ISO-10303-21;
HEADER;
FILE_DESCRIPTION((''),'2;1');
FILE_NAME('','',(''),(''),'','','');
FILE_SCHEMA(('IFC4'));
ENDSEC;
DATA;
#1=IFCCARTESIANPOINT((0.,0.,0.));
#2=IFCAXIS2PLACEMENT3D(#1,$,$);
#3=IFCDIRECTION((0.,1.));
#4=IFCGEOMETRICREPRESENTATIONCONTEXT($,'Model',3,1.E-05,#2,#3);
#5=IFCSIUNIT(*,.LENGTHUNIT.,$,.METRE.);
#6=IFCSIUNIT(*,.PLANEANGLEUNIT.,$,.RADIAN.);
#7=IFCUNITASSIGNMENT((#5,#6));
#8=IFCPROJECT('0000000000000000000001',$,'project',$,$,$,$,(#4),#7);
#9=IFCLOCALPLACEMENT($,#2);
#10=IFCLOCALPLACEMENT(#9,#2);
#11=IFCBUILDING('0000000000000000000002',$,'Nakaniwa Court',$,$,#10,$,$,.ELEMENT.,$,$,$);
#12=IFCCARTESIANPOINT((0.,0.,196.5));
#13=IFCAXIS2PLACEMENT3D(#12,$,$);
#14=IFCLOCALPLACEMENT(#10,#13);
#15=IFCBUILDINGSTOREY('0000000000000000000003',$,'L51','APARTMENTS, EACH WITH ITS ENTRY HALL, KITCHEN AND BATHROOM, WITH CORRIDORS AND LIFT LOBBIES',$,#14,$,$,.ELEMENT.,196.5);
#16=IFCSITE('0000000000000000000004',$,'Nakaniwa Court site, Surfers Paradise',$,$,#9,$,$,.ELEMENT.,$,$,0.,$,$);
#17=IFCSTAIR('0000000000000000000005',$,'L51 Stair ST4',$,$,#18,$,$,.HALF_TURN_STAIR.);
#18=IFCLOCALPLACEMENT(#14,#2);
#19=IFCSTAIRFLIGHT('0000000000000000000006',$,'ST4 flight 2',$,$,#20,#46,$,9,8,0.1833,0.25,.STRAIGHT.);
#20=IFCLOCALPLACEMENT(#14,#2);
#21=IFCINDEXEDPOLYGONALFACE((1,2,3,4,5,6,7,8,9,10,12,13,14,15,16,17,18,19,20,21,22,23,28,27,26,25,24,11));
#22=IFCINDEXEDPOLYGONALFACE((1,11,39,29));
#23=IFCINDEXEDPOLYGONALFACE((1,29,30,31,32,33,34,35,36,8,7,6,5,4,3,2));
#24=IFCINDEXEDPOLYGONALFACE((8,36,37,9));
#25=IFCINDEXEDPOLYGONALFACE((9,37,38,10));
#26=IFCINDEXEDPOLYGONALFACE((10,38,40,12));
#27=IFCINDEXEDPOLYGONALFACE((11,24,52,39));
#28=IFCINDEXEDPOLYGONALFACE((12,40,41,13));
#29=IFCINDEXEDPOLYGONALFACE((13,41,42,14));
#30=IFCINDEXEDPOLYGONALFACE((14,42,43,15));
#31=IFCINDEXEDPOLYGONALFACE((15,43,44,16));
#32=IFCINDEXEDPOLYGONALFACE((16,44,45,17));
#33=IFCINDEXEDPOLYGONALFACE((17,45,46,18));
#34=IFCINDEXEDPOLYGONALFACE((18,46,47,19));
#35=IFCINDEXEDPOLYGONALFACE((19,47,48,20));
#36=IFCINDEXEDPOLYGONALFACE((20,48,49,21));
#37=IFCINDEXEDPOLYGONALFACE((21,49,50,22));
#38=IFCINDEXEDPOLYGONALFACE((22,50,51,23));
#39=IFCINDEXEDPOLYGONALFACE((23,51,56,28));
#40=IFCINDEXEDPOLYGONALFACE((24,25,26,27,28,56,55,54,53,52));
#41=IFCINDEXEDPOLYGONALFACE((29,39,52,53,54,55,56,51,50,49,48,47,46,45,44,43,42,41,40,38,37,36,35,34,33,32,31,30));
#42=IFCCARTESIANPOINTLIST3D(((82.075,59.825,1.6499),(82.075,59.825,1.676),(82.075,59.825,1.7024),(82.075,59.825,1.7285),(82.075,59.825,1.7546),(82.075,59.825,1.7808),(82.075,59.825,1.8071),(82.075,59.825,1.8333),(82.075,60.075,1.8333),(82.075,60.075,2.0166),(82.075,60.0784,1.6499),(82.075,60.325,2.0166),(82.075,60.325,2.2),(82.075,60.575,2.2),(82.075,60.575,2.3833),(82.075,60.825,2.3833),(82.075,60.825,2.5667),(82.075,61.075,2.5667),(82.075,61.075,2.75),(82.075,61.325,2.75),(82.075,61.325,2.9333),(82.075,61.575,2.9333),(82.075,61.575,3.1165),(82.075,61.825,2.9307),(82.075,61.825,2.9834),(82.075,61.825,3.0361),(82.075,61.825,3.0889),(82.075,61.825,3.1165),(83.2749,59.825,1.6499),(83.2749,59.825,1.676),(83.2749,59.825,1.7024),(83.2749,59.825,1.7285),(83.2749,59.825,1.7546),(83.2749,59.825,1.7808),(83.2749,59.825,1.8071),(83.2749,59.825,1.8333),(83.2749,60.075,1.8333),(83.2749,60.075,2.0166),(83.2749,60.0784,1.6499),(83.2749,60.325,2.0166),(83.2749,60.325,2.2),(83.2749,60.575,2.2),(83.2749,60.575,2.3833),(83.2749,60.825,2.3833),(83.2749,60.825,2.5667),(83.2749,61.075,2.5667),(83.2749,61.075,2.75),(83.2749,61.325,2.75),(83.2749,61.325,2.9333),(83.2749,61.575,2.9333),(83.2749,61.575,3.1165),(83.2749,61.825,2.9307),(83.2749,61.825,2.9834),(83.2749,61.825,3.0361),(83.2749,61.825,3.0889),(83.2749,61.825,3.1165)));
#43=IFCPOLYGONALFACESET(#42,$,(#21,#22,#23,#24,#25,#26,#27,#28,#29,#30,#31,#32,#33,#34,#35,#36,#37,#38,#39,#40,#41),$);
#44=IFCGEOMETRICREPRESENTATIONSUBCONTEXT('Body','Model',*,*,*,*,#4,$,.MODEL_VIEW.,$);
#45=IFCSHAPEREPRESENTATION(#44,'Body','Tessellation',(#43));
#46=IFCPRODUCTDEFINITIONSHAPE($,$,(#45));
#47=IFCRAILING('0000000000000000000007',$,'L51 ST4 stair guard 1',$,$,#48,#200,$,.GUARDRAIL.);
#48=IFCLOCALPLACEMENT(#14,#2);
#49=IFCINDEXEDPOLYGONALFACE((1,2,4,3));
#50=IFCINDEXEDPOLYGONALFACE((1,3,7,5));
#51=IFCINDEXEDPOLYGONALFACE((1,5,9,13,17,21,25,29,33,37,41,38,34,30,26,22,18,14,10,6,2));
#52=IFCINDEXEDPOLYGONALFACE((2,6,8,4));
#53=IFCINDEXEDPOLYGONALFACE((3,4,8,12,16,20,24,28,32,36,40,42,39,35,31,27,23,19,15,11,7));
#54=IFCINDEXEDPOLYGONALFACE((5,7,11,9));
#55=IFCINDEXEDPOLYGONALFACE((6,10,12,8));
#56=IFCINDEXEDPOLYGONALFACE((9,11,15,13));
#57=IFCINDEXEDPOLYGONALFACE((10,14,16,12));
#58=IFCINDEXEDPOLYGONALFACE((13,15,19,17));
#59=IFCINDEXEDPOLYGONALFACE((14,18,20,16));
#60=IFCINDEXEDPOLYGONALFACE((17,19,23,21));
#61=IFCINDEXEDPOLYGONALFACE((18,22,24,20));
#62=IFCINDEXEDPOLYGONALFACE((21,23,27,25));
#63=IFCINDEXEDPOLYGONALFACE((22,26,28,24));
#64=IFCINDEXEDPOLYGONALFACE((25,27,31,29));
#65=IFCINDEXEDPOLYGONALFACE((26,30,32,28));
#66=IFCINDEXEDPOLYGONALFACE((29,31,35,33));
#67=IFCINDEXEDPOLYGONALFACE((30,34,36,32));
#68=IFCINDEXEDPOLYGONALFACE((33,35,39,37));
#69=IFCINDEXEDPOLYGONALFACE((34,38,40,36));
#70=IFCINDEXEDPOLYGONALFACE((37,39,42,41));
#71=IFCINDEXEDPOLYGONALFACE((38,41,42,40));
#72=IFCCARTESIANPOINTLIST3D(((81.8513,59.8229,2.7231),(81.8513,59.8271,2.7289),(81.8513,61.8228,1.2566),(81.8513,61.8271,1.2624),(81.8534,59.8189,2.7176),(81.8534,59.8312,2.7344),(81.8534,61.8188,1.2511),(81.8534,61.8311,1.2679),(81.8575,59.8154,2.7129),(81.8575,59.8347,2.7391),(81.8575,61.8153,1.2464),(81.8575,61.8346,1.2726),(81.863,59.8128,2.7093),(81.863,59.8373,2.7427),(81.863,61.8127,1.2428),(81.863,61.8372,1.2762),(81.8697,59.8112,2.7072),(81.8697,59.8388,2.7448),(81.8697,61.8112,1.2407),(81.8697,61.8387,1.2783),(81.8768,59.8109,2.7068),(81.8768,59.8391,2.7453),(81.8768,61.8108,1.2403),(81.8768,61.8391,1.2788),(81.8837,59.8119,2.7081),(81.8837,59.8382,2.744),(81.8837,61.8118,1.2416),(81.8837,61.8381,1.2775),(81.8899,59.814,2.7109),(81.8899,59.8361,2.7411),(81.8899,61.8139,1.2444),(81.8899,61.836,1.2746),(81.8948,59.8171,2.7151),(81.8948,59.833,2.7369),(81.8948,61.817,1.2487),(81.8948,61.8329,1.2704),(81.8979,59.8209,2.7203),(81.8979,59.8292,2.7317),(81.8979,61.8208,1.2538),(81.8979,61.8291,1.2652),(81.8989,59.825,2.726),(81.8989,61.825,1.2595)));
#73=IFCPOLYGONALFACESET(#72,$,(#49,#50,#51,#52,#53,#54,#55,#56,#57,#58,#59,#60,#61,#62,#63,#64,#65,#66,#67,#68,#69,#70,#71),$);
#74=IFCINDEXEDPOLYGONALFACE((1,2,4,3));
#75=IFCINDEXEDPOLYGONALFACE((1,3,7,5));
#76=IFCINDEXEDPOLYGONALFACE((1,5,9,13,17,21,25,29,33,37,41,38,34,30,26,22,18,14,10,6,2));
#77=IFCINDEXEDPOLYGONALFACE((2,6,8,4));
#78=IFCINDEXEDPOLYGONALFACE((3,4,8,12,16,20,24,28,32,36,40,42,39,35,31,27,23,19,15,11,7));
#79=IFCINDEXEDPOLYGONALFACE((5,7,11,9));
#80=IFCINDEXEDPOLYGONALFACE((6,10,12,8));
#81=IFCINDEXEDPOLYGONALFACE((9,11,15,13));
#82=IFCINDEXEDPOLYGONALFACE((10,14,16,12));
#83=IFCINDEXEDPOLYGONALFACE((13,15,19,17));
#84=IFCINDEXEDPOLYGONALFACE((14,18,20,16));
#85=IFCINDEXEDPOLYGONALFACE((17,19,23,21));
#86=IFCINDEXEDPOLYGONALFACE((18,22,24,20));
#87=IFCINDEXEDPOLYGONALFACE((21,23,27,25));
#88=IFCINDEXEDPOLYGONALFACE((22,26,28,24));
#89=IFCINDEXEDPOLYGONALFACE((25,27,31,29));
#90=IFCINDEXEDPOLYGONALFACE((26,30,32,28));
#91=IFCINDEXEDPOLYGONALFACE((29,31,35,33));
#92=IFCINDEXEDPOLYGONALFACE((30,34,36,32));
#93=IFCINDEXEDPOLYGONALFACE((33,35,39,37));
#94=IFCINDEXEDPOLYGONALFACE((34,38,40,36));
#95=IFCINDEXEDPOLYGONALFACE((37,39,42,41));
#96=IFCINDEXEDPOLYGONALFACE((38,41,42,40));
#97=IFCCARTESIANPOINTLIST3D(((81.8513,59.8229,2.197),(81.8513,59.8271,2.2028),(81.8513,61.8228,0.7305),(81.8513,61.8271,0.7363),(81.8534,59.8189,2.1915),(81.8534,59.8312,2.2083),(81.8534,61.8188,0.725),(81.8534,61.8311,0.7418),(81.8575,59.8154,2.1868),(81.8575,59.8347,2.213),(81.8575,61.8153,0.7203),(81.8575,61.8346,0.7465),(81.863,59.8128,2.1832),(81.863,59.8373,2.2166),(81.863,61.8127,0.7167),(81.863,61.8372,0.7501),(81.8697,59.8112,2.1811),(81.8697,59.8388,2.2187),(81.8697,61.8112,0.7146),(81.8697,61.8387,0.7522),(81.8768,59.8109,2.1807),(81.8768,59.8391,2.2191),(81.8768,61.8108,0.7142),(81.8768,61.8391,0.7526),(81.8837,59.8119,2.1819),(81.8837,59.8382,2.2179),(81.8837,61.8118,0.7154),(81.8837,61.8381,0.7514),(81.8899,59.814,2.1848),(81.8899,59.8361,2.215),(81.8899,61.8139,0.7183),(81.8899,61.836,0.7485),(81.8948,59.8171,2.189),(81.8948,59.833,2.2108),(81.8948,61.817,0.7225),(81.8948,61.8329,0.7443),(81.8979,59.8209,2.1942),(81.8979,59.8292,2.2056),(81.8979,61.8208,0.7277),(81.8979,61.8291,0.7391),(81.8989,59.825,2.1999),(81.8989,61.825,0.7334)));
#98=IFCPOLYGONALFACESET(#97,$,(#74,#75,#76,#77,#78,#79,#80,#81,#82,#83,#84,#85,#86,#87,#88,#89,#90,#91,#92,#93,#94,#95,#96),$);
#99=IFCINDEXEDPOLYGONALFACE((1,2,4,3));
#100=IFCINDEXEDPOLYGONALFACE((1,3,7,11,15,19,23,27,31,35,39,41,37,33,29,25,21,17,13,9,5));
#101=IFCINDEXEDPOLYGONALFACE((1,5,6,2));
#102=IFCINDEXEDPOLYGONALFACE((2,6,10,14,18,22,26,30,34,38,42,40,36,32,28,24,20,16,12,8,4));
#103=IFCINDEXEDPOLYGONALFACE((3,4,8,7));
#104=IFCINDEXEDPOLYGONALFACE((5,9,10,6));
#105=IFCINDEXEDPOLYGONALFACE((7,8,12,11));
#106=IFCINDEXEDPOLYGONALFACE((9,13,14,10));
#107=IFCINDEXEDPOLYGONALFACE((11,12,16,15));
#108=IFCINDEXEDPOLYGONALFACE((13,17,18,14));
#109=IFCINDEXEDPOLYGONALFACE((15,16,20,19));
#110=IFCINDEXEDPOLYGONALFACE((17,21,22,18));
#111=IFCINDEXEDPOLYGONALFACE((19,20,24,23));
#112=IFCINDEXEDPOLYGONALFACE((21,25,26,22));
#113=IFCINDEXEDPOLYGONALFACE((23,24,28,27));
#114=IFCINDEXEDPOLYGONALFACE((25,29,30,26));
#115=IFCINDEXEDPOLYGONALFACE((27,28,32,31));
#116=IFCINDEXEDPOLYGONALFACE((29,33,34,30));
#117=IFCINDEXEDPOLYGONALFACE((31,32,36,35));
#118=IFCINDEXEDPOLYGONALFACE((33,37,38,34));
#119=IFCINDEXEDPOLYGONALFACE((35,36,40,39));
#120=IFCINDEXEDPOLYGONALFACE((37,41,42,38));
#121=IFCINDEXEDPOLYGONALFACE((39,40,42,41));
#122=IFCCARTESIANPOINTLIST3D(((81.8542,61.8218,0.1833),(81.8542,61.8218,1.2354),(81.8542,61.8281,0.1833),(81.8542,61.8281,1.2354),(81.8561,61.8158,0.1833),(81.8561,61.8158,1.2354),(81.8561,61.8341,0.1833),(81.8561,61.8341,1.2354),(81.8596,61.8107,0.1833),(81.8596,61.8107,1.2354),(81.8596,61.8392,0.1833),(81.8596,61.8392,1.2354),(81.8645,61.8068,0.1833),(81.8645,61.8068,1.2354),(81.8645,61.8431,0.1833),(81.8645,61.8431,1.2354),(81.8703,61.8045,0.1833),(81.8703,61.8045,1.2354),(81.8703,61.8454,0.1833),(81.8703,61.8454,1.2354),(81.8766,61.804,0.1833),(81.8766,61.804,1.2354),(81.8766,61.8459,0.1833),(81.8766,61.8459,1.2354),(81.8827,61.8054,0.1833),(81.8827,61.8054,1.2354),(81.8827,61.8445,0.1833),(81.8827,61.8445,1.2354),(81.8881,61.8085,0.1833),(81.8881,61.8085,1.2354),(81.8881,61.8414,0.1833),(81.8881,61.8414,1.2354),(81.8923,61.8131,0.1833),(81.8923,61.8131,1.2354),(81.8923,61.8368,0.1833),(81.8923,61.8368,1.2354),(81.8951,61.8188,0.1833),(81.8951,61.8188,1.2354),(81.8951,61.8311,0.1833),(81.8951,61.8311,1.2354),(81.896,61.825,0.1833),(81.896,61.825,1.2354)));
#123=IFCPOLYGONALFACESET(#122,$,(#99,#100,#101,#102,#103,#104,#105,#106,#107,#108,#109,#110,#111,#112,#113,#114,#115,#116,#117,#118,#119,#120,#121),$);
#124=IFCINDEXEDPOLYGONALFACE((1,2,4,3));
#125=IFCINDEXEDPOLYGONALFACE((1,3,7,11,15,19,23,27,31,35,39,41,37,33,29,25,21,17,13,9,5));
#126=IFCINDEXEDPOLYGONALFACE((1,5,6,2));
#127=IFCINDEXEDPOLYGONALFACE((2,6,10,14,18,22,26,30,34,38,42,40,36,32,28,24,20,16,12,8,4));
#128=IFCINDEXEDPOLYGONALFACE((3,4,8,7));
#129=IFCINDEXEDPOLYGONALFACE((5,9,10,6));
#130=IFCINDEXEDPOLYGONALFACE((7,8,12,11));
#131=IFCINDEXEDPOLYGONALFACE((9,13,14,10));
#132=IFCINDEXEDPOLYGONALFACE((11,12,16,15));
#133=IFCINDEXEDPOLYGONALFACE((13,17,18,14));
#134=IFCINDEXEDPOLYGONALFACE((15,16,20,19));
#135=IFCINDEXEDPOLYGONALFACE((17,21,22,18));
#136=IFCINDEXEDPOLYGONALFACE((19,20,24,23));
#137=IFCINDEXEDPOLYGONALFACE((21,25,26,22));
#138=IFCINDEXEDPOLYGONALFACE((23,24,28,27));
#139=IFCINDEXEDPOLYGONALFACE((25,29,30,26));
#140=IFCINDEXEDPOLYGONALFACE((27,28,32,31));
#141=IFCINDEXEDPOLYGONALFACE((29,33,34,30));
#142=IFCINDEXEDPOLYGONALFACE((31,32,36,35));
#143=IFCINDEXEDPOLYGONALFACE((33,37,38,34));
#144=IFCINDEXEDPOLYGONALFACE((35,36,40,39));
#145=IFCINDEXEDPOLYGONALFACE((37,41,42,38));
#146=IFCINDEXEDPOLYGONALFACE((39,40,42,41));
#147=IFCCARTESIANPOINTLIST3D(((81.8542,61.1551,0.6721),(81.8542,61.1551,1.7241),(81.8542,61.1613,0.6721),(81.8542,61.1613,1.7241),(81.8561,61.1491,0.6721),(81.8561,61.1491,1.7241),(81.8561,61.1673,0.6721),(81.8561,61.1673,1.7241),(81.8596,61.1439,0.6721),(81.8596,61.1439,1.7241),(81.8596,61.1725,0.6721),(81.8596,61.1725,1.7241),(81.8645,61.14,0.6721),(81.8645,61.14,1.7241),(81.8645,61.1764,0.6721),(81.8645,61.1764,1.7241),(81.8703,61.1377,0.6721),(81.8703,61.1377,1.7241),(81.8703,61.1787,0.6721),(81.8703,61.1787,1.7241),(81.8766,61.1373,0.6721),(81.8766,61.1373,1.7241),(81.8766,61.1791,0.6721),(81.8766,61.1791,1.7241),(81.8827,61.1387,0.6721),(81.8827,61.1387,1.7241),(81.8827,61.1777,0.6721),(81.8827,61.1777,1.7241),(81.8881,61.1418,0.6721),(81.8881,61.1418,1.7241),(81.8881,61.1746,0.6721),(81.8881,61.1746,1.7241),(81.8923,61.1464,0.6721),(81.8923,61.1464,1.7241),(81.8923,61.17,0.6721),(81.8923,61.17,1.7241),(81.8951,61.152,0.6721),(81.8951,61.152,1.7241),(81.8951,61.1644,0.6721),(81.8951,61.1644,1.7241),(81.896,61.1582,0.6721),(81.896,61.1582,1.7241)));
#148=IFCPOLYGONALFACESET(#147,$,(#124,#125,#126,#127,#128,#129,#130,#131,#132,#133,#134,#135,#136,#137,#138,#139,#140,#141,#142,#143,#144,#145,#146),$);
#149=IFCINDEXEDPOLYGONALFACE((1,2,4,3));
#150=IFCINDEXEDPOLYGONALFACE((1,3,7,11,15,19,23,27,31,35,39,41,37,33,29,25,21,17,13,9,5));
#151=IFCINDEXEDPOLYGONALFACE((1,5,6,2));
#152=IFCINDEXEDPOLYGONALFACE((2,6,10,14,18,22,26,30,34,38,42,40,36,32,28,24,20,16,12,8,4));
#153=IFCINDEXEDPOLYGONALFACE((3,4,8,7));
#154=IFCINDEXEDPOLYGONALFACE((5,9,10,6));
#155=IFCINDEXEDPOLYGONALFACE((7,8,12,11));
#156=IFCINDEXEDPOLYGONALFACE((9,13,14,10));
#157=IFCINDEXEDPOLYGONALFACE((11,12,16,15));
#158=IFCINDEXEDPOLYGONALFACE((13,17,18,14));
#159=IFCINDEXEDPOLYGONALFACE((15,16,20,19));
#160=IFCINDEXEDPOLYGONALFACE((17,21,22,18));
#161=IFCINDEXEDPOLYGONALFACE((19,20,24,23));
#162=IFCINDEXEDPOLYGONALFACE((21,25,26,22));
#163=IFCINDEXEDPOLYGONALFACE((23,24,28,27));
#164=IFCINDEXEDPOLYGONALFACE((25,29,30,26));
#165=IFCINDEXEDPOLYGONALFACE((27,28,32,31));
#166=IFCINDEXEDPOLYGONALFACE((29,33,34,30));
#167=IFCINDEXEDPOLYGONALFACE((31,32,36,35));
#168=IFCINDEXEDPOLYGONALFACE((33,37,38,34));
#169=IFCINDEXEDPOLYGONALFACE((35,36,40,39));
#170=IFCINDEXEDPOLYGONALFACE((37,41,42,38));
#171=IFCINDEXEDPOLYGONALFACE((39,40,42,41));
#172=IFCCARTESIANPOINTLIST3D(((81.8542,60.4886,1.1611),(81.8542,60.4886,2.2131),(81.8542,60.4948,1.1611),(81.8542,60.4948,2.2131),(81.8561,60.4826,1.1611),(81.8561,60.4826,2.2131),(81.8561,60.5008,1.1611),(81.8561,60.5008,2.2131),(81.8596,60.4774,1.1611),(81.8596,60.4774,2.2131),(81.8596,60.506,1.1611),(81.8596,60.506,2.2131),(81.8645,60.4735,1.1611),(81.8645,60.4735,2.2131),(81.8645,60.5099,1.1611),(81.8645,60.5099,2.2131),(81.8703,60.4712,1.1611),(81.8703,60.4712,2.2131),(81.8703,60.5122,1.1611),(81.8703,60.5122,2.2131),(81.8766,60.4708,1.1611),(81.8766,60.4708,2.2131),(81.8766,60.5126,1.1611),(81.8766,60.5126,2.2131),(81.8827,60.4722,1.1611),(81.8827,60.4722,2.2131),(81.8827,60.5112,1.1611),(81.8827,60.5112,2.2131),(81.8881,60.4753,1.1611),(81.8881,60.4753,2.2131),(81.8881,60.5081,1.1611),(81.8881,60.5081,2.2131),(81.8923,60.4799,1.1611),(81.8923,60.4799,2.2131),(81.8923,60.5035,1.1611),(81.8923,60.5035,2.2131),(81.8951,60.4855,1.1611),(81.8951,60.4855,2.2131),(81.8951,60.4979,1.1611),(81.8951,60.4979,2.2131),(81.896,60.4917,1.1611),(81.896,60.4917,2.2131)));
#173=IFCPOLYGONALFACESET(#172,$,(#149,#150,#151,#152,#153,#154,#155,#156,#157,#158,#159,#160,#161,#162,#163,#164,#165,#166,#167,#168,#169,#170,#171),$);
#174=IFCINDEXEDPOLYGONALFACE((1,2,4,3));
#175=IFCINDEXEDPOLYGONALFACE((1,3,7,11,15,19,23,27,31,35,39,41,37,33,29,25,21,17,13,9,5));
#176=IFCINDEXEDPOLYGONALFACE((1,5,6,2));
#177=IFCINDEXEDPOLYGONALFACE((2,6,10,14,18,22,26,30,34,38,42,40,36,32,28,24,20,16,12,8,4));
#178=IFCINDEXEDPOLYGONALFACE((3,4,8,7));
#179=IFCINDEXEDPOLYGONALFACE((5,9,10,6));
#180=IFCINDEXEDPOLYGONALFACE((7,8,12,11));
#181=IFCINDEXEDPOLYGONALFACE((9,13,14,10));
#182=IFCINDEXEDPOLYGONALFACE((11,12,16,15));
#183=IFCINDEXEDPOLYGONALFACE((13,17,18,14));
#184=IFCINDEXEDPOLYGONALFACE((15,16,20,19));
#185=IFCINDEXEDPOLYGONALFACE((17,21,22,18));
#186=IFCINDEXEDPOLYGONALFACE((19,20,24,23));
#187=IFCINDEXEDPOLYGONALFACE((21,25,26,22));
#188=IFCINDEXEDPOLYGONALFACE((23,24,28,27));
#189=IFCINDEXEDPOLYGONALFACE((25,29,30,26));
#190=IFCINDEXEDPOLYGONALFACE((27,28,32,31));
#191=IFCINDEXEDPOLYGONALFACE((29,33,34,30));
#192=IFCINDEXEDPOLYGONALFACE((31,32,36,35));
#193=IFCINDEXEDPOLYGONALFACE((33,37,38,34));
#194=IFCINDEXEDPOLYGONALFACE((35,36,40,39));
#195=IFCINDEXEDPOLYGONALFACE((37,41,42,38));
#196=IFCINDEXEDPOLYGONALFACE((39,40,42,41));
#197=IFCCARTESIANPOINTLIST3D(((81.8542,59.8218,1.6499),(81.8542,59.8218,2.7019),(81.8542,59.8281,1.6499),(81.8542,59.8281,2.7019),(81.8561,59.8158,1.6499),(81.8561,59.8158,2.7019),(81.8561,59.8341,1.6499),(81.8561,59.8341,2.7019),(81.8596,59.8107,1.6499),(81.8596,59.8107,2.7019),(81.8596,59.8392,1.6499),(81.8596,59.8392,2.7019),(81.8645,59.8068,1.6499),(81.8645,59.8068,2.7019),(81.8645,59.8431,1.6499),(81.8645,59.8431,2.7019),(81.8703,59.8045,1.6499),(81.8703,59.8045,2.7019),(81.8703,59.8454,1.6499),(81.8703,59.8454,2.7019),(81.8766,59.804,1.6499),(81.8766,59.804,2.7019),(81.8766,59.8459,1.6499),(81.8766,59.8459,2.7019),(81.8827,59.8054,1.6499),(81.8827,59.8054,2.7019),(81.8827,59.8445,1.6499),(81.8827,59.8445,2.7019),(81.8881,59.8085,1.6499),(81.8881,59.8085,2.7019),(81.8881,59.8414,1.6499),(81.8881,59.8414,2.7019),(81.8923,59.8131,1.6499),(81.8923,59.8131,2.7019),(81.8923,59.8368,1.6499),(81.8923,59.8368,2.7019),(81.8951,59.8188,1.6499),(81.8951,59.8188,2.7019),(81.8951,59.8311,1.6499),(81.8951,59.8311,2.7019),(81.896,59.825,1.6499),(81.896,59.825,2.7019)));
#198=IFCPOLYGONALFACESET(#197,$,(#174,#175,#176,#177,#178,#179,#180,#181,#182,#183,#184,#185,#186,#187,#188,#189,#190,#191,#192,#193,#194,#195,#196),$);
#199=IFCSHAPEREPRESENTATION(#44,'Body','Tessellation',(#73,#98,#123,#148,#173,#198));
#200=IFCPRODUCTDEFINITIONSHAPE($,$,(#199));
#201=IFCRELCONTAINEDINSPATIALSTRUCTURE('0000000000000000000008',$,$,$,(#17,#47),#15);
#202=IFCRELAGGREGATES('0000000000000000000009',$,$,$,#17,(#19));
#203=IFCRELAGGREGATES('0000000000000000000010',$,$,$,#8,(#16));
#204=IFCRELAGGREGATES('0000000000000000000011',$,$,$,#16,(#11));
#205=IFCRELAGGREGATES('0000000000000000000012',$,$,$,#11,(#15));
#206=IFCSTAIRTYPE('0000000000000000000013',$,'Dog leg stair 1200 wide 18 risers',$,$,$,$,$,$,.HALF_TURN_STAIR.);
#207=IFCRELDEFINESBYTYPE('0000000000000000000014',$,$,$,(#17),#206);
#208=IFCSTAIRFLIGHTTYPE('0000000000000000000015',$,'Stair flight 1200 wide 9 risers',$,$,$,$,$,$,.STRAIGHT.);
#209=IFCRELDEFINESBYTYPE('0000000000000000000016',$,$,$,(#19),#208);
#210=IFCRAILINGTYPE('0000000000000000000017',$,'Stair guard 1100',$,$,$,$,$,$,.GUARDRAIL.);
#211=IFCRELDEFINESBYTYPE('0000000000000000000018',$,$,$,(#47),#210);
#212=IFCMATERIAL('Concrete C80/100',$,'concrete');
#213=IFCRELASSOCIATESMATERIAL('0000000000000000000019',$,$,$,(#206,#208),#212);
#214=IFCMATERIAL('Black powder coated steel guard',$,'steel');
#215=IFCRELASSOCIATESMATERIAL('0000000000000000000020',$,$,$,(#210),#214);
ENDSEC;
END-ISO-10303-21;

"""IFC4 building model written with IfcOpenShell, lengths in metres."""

from ifc_helpers import new_model, si_unit, direction, frame, origin, origin_2d, place, context, subcontext, project, spatial, polyline, circle, outline, extrude, material, type_object, element, aggregate, save


model = new_model("IFC4")

# Units and contexts
model_context = context("Model", 3, precision=1e-05, world=origin(), true_north=direction((0.0, 1.0)))
body_context = subcontext(model_context, "Body", "Model", "MODEL_VIEW")
ifc_project = project(units=[si_unit("LENGTHUNIT", "METRE"), si_unit("PLANEANGLEUNIT", "RADIAN")], contexts=[model_context])

# Site, building, storey
site_placement = place(None, origin())
site = spatial("IfcSite", under=ifc_project, at=site_placement, Name="Nakaniwa Court site, Surfers Paradise", CompositionType="ELEMENT", RefElevation=0.0)
building_placement = place(site_placement, origin())
building = spatial("IfcBuilding", under=site, at=building_placement, Name="Nakaniwa Court", CompositionType="ELEMENT")
storey_placement = place(building_placement, frame((0.0, 0.0, 196.5)))
storey = spatial("IfcBuildingStorey", under=building, at=storey_placement, Name="L51", Description="APARTMENTS, EACH WITH ITS ENTRY HALL, KITCHEN AND BATHROOM, WITH CORRIDORS AND LIFT LOBBIES", CompositionType="ELEMENT", Elevation=196.5)

# Shared definitions
ifc_material_1 = material(Name="Concrete C80/100", Category="concrete")

# Stair, stair flight
stair_type = type_object("IfcStairType", Name="Dog leg stair 1200 wide 18 risers", PredefinedType="HALF_TURN_STAIR", material=ifc_material_1)
stair_placement = place(storey_placement, origin())
stair = element("IfcStair", 1, at=stair_placement, inside=storey, type_object=stair_type, Name="L51 Stair ST4", PredefinedType="HALF_TURN_STAIR")
stair_flight_type = type_object("IfcStairFlightType", Name="Stair flight 1200 wide 9 risers", PredefinedType="STRAIGHT", material=ifc_material_1)
stair_flight_1_placement = place(storey_placement, frame((82.675, 59.825, 1.6499), z_axis=(0.0, 0.0, 1.0), x_axis=(0.0, 1.0, 0.0)))
stair_flight_1 = element("IfcStairFlight", 2, at=stair_flight_1_placement, type_object=stair_flight_type, Name="ST4 flight 2", NumberOfRisers=9, NumberOfTreads=8, PredefinedType="STRAIGHT", RiserHeight=0.1833, TreadLength=0.25, context=body_context, shape_type="SweptSolid", body=[
    extrude(outline(polyline([(0.0, 0.0), (0.0, 0.0261), (0.0, 0.0525), (0.0, 0.0786), (0.0, 0.1047), (0.0, 0.1309), (0.0, 0.1572), (0.0, 0.1833), (0.25, 0.1833), (0.25, 0.3667), (0.5, 0.3667), (0.5, 0.55), (0.75, 0.55), (0.75, 0.7334), (1.0, 0.7334), (1.0, 0.9167), (1.25, 0.9167), (1.25, 1.1001), (1.5, 1.1001), (1.5, 1.2834), (1.75, 1.2834), (1.75, 1.4666), (2.0, 1.4666), (2.0, 1.6499), (2.0, 1.5972), (2.0, 1.5444), (2.0, 1.4917), (2.0, 1.439), (2.0, 1.3862), (2.0, 1.3335), (2.0, 1.2808), (0.2534, 0.0), (0.0, 0.0)])), frame((0.0, 0.6001, 0.0), z_axis=(0.0, -1.0, 0.0), x_axis=(1.0, 0.0, 0.0)), (0.0, 0.0, 1.0), 1.2),
])
aggregate(stair, [stair_flight_1])

# Railing
ifc_material_2 = material(Name="Black powder coated steel guard", Category="steel")
railing_type_1 = type_object("IfcRailingType", Name="Stair guard 1100", PredefinedType="GUARDRAIL", material=ifc_material_2)
railing_1_placement = place(storey_placement, frame((81.875, 61.825, 0.1833)))
element("IfcRailing", 3, at=railing_1_placement, inside=storey, type_object=railing_type_1, Name="L51 ST4 stair guard 1", PredefinedType="GUARDRAIL", context=body_context, shape_type="SweptSolid", body=[
    extrude(circle(Radius=0.0239, at=origin_2d()), frame((0.0, 0.0, 1.0762), z_axis=(0.0, -0.806427, 0.591334), x_axis=(1.0, 0.0, 0.0)), (0.0, 0.0, 1.0), 2.48),
    extrude(circle(Radius=0.0239, at=origin_2d()), frame((0.0, 0.0, 0.55), z_axis=(0.0, -0.806427, 0.591334), x_axis=(1.0, 0.0, 0.0)), (0.0, 0.0, 1.0), 2.48),
    extrude(circle(Radius=0.021, at=origin_2d()), origin(), (0.0, 0.0, 1.0), 1.052),
    extrude(circle(Radius=0.021, at=origin_2d()), frame((0.0, -0.6667, 0.4888)), (0.0, 0.0, 1.0), 1.052),
    extrude(circle(Radius=0.021, at=origin_2d()), frame((0.0, -1.3333, 0.9778)), (0.0, 0.0, 1.0), 1.052),
    extrude(circle(Radius=0.021, at=origin_2d()), frame((0.0, -2.0, 1.4666)), (0.0, 0.0, 1.0), 1.052),
])

save(model, "model.ifc")
